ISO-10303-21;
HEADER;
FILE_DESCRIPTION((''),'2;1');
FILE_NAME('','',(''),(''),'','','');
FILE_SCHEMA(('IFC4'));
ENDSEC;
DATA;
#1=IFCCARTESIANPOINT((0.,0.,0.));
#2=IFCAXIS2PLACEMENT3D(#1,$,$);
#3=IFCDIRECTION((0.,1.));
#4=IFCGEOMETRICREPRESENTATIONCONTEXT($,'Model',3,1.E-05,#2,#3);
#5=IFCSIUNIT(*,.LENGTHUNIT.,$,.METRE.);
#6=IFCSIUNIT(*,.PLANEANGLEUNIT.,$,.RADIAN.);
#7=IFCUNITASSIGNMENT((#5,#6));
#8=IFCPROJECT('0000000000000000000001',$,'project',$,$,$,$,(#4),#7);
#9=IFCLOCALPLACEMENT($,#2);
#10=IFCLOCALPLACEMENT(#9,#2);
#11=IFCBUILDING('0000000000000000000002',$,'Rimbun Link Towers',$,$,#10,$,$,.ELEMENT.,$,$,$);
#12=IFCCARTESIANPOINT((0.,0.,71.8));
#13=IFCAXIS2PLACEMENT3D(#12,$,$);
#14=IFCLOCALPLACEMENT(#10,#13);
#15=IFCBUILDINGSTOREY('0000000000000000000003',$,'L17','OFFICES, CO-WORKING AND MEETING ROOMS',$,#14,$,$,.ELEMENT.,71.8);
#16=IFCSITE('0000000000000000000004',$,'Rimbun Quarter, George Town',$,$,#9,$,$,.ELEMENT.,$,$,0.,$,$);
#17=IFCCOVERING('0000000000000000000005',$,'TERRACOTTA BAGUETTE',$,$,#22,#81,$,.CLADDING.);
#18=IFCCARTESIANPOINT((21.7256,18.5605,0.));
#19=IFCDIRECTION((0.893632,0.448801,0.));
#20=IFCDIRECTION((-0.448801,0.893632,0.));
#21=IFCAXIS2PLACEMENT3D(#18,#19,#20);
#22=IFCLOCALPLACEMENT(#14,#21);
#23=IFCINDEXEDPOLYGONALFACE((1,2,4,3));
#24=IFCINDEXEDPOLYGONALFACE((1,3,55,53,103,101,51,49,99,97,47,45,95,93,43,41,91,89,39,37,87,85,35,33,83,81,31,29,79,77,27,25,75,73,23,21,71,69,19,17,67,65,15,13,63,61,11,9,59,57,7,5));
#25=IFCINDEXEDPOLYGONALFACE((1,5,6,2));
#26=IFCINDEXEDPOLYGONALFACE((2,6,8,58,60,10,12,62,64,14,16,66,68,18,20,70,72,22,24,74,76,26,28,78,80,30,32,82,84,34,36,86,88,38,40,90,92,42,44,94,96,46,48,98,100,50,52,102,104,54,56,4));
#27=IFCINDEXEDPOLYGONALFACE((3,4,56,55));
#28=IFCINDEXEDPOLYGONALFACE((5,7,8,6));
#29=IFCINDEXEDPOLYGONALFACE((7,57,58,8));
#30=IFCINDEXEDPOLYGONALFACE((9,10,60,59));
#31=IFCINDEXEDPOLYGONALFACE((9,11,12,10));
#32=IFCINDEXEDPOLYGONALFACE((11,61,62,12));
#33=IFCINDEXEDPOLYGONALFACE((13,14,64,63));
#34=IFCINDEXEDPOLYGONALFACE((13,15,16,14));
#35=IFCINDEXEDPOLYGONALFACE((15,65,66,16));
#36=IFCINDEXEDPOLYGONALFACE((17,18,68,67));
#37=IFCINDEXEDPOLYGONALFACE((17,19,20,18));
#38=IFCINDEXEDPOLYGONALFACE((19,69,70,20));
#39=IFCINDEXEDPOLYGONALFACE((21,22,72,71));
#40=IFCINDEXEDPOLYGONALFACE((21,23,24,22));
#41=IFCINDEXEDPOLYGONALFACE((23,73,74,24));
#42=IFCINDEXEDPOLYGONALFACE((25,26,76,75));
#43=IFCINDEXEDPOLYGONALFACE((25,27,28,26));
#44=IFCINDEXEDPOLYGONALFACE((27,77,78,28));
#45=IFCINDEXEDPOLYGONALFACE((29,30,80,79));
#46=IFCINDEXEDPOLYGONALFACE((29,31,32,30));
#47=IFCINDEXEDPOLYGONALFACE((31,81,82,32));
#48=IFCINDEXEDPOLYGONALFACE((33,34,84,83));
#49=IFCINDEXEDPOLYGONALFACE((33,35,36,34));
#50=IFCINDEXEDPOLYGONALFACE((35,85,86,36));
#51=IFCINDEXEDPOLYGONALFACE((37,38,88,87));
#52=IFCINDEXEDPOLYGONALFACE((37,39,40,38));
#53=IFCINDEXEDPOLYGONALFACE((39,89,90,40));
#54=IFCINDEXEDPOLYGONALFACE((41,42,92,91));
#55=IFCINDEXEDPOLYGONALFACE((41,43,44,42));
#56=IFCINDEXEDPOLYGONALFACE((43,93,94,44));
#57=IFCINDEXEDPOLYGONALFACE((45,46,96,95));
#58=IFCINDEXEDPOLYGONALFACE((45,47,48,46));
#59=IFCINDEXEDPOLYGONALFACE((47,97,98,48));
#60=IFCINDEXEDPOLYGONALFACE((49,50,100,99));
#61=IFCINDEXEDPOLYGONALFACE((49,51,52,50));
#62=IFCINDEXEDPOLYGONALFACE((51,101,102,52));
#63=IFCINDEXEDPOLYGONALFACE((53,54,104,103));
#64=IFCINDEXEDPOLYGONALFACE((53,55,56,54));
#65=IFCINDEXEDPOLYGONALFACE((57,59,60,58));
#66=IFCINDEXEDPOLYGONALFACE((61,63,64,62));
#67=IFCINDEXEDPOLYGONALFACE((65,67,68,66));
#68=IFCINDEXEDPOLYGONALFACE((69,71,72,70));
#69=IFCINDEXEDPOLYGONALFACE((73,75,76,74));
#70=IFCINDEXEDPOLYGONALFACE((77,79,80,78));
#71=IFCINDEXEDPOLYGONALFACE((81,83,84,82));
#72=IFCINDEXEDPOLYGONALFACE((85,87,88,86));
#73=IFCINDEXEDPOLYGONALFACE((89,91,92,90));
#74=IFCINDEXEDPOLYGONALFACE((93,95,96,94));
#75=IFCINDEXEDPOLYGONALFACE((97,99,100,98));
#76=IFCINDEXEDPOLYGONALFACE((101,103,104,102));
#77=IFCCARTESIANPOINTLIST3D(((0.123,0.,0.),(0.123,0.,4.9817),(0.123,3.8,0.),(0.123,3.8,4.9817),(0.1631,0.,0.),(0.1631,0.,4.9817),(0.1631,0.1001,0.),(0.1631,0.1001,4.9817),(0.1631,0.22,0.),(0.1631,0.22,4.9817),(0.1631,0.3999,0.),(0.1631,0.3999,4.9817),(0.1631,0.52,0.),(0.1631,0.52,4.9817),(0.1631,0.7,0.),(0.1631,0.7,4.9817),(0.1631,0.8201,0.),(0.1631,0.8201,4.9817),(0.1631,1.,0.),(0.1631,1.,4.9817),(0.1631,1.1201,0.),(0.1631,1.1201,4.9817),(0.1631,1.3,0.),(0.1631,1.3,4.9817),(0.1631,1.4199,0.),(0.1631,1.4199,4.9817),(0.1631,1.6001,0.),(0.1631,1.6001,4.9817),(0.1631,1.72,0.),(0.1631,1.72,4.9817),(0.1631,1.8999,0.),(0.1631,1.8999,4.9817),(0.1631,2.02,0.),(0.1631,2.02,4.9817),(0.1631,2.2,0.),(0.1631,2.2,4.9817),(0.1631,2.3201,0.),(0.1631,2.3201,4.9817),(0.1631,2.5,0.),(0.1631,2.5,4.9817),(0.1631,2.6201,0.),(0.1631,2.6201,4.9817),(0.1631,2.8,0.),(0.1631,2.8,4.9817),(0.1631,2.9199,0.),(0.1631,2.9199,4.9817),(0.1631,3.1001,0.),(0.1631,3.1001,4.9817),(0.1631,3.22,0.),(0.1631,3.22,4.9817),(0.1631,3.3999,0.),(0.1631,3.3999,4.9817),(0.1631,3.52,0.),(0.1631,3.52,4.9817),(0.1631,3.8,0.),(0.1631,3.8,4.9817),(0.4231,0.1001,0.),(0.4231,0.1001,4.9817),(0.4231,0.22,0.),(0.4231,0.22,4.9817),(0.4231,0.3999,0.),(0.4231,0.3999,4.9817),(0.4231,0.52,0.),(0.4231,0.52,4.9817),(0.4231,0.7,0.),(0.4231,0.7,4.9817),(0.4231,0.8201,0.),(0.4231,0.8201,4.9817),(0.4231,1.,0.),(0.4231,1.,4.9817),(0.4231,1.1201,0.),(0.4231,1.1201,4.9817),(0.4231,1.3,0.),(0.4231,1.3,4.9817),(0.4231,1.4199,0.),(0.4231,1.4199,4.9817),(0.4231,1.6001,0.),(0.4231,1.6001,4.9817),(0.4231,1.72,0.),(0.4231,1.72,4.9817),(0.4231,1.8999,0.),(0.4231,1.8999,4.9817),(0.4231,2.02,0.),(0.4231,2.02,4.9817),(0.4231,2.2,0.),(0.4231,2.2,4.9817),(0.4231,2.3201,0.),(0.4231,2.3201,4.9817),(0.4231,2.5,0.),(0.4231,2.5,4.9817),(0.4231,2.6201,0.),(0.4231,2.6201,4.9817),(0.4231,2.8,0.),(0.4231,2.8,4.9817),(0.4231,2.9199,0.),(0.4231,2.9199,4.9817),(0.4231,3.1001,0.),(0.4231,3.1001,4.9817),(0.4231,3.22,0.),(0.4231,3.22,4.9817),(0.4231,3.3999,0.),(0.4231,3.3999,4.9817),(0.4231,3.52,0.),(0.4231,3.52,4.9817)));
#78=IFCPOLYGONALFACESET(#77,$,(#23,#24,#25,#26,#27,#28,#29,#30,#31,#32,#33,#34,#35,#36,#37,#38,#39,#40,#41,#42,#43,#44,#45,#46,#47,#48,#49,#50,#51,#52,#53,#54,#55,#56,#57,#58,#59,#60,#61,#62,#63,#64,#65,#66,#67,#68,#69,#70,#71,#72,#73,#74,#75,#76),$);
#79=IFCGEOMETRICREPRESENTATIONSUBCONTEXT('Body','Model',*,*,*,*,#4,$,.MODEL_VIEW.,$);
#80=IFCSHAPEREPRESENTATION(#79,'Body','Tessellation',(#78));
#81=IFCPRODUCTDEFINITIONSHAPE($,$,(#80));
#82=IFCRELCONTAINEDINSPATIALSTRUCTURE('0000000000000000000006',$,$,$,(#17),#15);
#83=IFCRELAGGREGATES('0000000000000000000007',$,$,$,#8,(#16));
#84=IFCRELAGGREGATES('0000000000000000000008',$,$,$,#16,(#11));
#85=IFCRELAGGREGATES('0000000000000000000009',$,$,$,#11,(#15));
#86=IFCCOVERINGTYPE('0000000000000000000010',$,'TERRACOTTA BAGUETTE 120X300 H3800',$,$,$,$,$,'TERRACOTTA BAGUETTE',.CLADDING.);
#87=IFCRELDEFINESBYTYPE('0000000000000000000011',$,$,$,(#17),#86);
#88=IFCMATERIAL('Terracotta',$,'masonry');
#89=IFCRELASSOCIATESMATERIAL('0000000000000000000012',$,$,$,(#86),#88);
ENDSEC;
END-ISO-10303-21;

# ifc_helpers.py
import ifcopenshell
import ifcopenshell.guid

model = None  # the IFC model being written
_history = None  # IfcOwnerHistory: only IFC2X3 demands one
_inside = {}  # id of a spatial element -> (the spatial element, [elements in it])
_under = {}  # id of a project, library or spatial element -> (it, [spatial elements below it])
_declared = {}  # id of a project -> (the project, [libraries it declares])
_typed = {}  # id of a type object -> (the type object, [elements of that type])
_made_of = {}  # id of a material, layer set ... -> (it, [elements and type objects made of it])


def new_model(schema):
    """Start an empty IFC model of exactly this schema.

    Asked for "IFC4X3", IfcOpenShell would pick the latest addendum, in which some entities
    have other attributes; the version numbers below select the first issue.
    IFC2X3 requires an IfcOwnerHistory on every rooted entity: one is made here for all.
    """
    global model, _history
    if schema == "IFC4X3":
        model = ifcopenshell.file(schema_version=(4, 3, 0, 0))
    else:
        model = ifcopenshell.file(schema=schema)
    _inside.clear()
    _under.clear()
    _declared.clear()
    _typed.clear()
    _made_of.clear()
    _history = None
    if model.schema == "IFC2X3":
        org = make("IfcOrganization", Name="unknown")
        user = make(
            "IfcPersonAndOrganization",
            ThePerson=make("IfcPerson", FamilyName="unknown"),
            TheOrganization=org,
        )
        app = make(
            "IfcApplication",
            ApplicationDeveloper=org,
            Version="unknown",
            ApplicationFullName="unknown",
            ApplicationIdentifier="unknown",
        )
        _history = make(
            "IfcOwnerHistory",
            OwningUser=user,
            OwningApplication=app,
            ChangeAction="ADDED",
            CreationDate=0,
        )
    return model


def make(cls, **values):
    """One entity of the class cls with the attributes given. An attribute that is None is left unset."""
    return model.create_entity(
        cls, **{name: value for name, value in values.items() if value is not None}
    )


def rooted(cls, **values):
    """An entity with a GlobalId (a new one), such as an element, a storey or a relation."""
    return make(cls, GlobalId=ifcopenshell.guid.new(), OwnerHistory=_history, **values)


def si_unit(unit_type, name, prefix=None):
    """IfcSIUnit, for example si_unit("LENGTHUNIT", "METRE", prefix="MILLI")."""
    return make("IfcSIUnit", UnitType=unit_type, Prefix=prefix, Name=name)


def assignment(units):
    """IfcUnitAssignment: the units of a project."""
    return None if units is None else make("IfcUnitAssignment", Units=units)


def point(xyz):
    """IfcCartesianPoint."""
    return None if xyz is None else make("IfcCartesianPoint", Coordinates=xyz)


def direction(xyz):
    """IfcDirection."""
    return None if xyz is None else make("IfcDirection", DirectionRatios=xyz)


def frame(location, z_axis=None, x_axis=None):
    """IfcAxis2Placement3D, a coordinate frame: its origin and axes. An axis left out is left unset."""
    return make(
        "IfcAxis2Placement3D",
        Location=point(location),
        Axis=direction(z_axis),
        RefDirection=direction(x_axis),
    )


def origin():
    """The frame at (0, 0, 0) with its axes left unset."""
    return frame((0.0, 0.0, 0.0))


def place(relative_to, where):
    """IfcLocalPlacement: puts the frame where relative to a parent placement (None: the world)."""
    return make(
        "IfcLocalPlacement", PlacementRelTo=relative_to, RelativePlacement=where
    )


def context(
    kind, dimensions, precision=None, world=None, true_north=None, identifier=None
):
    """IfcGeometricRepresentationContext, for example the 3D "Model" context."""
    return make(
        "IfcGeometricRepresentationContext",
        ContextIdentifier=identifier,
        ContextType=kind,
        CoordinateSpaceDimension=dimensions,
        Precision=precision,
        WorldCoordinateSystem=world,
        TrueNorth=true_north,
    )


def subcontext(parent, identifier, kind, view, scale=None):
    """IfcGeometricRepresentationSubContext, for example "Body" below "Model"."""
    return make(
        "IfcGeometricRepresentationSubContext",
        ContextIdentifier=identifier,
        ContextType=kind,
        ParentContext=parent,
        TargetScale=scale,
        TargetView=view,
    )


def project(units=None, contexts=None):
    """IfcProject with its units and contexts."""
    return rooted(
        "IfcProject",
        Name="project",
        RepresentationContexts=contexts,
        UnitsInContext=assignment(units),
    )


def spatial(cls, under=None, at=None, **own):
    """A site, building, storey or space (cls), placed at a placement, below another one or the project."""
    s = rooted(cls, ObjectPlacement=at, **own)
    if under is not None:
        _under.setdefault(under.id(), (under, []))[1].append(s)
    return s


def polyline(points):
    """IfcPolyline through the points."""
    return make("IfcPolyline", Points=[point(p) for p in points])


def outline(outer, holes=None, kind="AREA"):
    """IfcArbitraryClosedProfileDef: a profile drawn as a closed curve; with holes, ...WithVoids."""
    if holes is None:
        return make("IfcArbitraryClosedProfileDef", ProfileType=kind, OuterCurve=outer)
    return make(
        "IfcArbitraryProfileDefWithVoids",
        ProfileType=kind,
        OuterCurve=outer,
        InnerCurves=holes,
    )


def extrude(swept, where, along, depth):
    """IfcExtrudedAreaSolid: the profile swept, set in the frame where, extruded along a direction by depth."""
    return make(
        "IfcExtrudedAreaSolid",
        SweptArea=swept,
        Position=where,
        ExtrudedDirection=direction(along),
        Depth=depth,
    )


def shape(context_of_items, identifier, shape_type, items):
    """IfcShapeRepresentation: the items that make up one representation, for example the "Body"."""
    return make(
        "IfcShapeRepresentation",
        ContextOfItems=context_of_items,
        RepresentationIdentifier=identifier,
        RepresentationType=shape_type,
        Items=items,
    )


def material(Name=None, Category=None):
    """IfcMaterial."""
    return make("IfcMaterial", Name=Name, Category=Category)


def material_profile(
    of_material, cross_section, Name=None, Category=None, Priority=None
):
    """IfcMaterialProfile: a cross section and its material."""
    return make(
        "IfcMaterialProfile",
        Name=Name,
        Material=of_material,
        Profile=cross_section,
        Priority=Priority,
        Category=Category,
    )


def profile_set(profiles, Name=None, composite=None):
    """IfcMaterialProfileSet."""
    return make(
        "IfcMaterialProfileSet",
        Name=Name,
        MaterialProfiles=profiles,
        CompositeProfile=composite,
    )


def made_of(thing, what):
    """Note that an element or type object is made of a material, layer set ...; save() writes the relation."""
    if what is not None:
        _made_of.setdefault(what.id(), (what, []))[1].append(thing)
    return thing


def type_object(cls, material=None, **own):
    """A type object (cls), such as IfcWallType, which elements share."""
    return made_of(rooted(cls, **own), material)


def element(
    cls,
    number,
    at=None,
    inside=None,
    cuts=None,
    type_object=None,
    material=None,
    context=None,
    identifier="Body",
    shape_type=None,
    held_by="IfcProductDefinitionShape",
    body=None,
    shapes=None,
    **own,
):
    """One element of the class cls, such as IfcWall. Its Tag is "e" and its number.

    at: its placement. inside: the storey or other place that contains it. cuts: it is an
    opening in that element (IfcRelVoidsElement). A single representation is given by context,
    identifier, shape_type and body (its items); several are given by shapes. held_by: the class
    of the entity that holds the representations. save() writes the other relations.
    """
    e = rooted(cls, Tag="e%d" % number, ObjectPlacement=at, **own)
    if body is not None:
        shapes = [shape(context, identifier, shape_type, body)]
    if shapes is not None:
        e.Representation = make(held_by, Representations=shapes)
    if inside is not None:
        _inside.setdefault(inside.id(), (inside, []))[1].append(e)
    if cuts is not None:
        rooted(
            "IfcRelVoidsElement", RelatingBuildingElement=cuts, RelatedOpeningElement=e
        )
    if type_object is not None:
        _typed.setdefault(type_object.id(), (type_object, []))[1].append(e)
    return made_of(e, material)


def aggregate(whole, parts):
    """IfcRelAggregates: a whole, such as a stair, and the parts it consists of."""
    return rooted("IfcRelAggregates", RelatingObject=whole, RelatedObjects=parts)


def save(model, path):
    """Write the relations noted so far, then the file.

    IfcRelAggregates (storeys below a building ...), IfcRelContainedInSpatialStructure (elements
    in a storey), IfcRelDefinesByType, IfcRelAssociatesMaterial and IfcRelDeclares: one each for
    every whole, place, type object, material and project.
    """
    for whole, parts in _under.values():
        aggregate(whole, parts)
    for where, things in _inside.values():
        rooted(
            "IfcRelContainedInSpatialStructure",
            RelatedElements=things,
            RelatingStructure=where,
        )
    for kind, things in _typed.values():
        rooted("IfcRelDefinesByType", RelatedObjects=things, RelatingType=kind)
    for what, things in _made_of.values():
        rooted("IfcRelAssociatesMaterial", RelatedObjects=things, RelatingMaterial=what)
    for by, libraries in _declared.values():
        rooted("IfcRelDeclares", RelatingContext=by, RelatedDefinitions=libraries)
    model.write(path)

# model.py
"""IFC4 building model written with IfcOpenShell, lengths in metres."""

from ifc_helpers import new_model, si_unit, direction, frame, origin, place, context, subcontext, project, spatial, polyline, outline, extrude, material, material_profile, profile_set, type_object, element, save


model = new_model("IFC4")

# Units and contexts
model_context = context("Model", 3, precision=1e-05, world=origin(), true_north=direction((0.0, 1.0)))
body_context = subcontext(model_context, "Body", "Model", "MODEL_VIEW")
ifc_project = project(units=[si_unit("LENGTHUNIT", "METRE"), si_unit("PLANEANGLEUNIT", "RADIAN")], contexts=[model_context])

# Site, building, storey
site_placement = place(None, origin())
site = spatial("IfcSite", under=ifc_project, at=site_placement, Name="Rimbun Quarter, George Town", CompositionType="ELEMENT", RefElevation=0.0)
building_placement = place(site_placement, origin())
building = spatial("IfcBuilding", under=site, at=building_placement, Name="Rimbun Link Towers", CompositionType="ELEMENT")
storey_placement = place(building_placement, frame((0.0, 0.0, 71.8)))
storey = spatial("IfcBuildingStorey", under=building, at=storey_placement, Name="L17", Description="OFFICES, CO-WORKING AND MEETING ROOMS", CompositionType="ELEMENT", Elevation=71.8)

# Covering
ifc_material_1 = material(Name="Terracotta", Category="masonry")
ifc_material_profile_1 = material_profile(ifc_material_1, outline(polyline([(0.123, 0.0), (0.1631, 0.0), (0.1631, 0.1001), (0.4231, 0.1001), (0.4231, 0.22), (0.1631, 0.22), (0.1631, 0.3999), (0.4231, 0.3999), (0.4231, 0.52), (0.1631, 0.52), (0.1631, 0.7), (0.4231, 0.7), (0.4231, 0.8201), (0.1631, 0.8201), (0.1631, 1.0), (0.4231, 1.0), (0.4231, 1.1201), (0.1631, 1.1201), (0.1631, 1.3), (0.4231, 1.3), (0.4231, 1.4199), (0.1631, 1.4199), (0.1631, 1.6001), (0.4231, 1.6001), (0.4231, 1.72), (0.1631, 1.72), (0.1631, 1.8999), (0.4231, 1.8999), (0.4231, 2.02), (0.1631, 2.02), (0.1631, 2.2), (0.4231, 2.2), (0.4231, 2.3201), (0.1631, 2.3201), (0.1631, 2.5), (0.4231, 2.5), (0.4231, 2.6201), (0.1631, 2.6201), (0.1631, 2.8), (0.4231, 2.8), (0.4231, 2.9199), (0.1631, 2.9199), (0.1631, 3.1001), (0.4231, 3.1001), (0.4231, 3.22), (0.1631, 3.22), (0.1631, 3.3999), (0.4231, 3.3999), (0.4231, 3.52), (0.1631, 3.52), (0.1631, 3.8), (0.123, 3.8), (0.123, 0.0)])), Name="BAGUETTE 120X300")
ifc_profile_set_1 = profile_set([ifc_material_profile_1], Name="Terracotta")
covering_type = type_object("IfcCoveringType", Name="TERRACOTTA BAGUETTE 120X300 H3800", ElementType="TERRACOTTA BAGUETTE", PredefinedType="CLADDING", material=ifc_profile_set_1)
covering_1_placement = place(storey_placement, frame((21.7256, 18.5605, 0.0), z_axis=(0.893632, 0.448801, 0.0), x_axis=(-0.448801, 0.893632, 0.0)))
element("IfcCovering", 1, at=covering_1_placement, inside=storey, type_object=covering_type, Name="TERRACOTTA BAGUETTE", PredefinedType="CLADDING", context=body_context, shape_type="SweptSolid", body=[
    extrude(outline(polyline([(0.123, 0.0), (0.1631, 0.0), (0.1631, 0.1001), (0.4231, 0.1001), (0.4231, 0.22), (0.1631, 0.22), (0.1631, 0.3999), (0.4231, 0.3999), (0.4231, 0.52), (0.1631, 0.52), (0.1631, 0.7), (0.4231, 0.7), (0.4231, 0.8201), (0.1631, 0.8201), (0.1631, 1.0), (0.4231, 1.0), (0.4231, 1.1201), (0.1631, 1.1201), (0.1631, 1.3), (0.4231, 1.3), (0.4231, 1.4199), (0.1631, 1.4199), (0.1631, 1.6001), (0.4231, 1.6001), (0.4231, 1.72), (0.1631, 1.72), (0.1631, 1.8999), (0.4231, 1.8999), (0.4231, 2.02), (0.1631, 2.02), (0.1631, 2.2), (0.4231, 2.2), (0.4231, 2.3201), (0.1631, 2.3201), (0.1631, 2.5), (0.4231, 2.5), (0.4231, 2.6201), (0.1631, 2.6201), (0.1631, 2.8), (0.4231, 2.8), (0.4231, 2.9199), (0.1631, 2.9199), (0.1631, 3.1001), (0.4231, 3.1001), (0.4231, 3.22), (0.1631, 3.22), (0.1631, 3.3999), (0.4231, 3.3999), (0.4231, 3.52), (0.1631, 3.52), (0.1631, 3.8), (0.123, 3.8), (0.123, 0.0)])), origin(), (0.0, 0.0, 1.0), 4.9817),
])

save(model, "model.ifc")
